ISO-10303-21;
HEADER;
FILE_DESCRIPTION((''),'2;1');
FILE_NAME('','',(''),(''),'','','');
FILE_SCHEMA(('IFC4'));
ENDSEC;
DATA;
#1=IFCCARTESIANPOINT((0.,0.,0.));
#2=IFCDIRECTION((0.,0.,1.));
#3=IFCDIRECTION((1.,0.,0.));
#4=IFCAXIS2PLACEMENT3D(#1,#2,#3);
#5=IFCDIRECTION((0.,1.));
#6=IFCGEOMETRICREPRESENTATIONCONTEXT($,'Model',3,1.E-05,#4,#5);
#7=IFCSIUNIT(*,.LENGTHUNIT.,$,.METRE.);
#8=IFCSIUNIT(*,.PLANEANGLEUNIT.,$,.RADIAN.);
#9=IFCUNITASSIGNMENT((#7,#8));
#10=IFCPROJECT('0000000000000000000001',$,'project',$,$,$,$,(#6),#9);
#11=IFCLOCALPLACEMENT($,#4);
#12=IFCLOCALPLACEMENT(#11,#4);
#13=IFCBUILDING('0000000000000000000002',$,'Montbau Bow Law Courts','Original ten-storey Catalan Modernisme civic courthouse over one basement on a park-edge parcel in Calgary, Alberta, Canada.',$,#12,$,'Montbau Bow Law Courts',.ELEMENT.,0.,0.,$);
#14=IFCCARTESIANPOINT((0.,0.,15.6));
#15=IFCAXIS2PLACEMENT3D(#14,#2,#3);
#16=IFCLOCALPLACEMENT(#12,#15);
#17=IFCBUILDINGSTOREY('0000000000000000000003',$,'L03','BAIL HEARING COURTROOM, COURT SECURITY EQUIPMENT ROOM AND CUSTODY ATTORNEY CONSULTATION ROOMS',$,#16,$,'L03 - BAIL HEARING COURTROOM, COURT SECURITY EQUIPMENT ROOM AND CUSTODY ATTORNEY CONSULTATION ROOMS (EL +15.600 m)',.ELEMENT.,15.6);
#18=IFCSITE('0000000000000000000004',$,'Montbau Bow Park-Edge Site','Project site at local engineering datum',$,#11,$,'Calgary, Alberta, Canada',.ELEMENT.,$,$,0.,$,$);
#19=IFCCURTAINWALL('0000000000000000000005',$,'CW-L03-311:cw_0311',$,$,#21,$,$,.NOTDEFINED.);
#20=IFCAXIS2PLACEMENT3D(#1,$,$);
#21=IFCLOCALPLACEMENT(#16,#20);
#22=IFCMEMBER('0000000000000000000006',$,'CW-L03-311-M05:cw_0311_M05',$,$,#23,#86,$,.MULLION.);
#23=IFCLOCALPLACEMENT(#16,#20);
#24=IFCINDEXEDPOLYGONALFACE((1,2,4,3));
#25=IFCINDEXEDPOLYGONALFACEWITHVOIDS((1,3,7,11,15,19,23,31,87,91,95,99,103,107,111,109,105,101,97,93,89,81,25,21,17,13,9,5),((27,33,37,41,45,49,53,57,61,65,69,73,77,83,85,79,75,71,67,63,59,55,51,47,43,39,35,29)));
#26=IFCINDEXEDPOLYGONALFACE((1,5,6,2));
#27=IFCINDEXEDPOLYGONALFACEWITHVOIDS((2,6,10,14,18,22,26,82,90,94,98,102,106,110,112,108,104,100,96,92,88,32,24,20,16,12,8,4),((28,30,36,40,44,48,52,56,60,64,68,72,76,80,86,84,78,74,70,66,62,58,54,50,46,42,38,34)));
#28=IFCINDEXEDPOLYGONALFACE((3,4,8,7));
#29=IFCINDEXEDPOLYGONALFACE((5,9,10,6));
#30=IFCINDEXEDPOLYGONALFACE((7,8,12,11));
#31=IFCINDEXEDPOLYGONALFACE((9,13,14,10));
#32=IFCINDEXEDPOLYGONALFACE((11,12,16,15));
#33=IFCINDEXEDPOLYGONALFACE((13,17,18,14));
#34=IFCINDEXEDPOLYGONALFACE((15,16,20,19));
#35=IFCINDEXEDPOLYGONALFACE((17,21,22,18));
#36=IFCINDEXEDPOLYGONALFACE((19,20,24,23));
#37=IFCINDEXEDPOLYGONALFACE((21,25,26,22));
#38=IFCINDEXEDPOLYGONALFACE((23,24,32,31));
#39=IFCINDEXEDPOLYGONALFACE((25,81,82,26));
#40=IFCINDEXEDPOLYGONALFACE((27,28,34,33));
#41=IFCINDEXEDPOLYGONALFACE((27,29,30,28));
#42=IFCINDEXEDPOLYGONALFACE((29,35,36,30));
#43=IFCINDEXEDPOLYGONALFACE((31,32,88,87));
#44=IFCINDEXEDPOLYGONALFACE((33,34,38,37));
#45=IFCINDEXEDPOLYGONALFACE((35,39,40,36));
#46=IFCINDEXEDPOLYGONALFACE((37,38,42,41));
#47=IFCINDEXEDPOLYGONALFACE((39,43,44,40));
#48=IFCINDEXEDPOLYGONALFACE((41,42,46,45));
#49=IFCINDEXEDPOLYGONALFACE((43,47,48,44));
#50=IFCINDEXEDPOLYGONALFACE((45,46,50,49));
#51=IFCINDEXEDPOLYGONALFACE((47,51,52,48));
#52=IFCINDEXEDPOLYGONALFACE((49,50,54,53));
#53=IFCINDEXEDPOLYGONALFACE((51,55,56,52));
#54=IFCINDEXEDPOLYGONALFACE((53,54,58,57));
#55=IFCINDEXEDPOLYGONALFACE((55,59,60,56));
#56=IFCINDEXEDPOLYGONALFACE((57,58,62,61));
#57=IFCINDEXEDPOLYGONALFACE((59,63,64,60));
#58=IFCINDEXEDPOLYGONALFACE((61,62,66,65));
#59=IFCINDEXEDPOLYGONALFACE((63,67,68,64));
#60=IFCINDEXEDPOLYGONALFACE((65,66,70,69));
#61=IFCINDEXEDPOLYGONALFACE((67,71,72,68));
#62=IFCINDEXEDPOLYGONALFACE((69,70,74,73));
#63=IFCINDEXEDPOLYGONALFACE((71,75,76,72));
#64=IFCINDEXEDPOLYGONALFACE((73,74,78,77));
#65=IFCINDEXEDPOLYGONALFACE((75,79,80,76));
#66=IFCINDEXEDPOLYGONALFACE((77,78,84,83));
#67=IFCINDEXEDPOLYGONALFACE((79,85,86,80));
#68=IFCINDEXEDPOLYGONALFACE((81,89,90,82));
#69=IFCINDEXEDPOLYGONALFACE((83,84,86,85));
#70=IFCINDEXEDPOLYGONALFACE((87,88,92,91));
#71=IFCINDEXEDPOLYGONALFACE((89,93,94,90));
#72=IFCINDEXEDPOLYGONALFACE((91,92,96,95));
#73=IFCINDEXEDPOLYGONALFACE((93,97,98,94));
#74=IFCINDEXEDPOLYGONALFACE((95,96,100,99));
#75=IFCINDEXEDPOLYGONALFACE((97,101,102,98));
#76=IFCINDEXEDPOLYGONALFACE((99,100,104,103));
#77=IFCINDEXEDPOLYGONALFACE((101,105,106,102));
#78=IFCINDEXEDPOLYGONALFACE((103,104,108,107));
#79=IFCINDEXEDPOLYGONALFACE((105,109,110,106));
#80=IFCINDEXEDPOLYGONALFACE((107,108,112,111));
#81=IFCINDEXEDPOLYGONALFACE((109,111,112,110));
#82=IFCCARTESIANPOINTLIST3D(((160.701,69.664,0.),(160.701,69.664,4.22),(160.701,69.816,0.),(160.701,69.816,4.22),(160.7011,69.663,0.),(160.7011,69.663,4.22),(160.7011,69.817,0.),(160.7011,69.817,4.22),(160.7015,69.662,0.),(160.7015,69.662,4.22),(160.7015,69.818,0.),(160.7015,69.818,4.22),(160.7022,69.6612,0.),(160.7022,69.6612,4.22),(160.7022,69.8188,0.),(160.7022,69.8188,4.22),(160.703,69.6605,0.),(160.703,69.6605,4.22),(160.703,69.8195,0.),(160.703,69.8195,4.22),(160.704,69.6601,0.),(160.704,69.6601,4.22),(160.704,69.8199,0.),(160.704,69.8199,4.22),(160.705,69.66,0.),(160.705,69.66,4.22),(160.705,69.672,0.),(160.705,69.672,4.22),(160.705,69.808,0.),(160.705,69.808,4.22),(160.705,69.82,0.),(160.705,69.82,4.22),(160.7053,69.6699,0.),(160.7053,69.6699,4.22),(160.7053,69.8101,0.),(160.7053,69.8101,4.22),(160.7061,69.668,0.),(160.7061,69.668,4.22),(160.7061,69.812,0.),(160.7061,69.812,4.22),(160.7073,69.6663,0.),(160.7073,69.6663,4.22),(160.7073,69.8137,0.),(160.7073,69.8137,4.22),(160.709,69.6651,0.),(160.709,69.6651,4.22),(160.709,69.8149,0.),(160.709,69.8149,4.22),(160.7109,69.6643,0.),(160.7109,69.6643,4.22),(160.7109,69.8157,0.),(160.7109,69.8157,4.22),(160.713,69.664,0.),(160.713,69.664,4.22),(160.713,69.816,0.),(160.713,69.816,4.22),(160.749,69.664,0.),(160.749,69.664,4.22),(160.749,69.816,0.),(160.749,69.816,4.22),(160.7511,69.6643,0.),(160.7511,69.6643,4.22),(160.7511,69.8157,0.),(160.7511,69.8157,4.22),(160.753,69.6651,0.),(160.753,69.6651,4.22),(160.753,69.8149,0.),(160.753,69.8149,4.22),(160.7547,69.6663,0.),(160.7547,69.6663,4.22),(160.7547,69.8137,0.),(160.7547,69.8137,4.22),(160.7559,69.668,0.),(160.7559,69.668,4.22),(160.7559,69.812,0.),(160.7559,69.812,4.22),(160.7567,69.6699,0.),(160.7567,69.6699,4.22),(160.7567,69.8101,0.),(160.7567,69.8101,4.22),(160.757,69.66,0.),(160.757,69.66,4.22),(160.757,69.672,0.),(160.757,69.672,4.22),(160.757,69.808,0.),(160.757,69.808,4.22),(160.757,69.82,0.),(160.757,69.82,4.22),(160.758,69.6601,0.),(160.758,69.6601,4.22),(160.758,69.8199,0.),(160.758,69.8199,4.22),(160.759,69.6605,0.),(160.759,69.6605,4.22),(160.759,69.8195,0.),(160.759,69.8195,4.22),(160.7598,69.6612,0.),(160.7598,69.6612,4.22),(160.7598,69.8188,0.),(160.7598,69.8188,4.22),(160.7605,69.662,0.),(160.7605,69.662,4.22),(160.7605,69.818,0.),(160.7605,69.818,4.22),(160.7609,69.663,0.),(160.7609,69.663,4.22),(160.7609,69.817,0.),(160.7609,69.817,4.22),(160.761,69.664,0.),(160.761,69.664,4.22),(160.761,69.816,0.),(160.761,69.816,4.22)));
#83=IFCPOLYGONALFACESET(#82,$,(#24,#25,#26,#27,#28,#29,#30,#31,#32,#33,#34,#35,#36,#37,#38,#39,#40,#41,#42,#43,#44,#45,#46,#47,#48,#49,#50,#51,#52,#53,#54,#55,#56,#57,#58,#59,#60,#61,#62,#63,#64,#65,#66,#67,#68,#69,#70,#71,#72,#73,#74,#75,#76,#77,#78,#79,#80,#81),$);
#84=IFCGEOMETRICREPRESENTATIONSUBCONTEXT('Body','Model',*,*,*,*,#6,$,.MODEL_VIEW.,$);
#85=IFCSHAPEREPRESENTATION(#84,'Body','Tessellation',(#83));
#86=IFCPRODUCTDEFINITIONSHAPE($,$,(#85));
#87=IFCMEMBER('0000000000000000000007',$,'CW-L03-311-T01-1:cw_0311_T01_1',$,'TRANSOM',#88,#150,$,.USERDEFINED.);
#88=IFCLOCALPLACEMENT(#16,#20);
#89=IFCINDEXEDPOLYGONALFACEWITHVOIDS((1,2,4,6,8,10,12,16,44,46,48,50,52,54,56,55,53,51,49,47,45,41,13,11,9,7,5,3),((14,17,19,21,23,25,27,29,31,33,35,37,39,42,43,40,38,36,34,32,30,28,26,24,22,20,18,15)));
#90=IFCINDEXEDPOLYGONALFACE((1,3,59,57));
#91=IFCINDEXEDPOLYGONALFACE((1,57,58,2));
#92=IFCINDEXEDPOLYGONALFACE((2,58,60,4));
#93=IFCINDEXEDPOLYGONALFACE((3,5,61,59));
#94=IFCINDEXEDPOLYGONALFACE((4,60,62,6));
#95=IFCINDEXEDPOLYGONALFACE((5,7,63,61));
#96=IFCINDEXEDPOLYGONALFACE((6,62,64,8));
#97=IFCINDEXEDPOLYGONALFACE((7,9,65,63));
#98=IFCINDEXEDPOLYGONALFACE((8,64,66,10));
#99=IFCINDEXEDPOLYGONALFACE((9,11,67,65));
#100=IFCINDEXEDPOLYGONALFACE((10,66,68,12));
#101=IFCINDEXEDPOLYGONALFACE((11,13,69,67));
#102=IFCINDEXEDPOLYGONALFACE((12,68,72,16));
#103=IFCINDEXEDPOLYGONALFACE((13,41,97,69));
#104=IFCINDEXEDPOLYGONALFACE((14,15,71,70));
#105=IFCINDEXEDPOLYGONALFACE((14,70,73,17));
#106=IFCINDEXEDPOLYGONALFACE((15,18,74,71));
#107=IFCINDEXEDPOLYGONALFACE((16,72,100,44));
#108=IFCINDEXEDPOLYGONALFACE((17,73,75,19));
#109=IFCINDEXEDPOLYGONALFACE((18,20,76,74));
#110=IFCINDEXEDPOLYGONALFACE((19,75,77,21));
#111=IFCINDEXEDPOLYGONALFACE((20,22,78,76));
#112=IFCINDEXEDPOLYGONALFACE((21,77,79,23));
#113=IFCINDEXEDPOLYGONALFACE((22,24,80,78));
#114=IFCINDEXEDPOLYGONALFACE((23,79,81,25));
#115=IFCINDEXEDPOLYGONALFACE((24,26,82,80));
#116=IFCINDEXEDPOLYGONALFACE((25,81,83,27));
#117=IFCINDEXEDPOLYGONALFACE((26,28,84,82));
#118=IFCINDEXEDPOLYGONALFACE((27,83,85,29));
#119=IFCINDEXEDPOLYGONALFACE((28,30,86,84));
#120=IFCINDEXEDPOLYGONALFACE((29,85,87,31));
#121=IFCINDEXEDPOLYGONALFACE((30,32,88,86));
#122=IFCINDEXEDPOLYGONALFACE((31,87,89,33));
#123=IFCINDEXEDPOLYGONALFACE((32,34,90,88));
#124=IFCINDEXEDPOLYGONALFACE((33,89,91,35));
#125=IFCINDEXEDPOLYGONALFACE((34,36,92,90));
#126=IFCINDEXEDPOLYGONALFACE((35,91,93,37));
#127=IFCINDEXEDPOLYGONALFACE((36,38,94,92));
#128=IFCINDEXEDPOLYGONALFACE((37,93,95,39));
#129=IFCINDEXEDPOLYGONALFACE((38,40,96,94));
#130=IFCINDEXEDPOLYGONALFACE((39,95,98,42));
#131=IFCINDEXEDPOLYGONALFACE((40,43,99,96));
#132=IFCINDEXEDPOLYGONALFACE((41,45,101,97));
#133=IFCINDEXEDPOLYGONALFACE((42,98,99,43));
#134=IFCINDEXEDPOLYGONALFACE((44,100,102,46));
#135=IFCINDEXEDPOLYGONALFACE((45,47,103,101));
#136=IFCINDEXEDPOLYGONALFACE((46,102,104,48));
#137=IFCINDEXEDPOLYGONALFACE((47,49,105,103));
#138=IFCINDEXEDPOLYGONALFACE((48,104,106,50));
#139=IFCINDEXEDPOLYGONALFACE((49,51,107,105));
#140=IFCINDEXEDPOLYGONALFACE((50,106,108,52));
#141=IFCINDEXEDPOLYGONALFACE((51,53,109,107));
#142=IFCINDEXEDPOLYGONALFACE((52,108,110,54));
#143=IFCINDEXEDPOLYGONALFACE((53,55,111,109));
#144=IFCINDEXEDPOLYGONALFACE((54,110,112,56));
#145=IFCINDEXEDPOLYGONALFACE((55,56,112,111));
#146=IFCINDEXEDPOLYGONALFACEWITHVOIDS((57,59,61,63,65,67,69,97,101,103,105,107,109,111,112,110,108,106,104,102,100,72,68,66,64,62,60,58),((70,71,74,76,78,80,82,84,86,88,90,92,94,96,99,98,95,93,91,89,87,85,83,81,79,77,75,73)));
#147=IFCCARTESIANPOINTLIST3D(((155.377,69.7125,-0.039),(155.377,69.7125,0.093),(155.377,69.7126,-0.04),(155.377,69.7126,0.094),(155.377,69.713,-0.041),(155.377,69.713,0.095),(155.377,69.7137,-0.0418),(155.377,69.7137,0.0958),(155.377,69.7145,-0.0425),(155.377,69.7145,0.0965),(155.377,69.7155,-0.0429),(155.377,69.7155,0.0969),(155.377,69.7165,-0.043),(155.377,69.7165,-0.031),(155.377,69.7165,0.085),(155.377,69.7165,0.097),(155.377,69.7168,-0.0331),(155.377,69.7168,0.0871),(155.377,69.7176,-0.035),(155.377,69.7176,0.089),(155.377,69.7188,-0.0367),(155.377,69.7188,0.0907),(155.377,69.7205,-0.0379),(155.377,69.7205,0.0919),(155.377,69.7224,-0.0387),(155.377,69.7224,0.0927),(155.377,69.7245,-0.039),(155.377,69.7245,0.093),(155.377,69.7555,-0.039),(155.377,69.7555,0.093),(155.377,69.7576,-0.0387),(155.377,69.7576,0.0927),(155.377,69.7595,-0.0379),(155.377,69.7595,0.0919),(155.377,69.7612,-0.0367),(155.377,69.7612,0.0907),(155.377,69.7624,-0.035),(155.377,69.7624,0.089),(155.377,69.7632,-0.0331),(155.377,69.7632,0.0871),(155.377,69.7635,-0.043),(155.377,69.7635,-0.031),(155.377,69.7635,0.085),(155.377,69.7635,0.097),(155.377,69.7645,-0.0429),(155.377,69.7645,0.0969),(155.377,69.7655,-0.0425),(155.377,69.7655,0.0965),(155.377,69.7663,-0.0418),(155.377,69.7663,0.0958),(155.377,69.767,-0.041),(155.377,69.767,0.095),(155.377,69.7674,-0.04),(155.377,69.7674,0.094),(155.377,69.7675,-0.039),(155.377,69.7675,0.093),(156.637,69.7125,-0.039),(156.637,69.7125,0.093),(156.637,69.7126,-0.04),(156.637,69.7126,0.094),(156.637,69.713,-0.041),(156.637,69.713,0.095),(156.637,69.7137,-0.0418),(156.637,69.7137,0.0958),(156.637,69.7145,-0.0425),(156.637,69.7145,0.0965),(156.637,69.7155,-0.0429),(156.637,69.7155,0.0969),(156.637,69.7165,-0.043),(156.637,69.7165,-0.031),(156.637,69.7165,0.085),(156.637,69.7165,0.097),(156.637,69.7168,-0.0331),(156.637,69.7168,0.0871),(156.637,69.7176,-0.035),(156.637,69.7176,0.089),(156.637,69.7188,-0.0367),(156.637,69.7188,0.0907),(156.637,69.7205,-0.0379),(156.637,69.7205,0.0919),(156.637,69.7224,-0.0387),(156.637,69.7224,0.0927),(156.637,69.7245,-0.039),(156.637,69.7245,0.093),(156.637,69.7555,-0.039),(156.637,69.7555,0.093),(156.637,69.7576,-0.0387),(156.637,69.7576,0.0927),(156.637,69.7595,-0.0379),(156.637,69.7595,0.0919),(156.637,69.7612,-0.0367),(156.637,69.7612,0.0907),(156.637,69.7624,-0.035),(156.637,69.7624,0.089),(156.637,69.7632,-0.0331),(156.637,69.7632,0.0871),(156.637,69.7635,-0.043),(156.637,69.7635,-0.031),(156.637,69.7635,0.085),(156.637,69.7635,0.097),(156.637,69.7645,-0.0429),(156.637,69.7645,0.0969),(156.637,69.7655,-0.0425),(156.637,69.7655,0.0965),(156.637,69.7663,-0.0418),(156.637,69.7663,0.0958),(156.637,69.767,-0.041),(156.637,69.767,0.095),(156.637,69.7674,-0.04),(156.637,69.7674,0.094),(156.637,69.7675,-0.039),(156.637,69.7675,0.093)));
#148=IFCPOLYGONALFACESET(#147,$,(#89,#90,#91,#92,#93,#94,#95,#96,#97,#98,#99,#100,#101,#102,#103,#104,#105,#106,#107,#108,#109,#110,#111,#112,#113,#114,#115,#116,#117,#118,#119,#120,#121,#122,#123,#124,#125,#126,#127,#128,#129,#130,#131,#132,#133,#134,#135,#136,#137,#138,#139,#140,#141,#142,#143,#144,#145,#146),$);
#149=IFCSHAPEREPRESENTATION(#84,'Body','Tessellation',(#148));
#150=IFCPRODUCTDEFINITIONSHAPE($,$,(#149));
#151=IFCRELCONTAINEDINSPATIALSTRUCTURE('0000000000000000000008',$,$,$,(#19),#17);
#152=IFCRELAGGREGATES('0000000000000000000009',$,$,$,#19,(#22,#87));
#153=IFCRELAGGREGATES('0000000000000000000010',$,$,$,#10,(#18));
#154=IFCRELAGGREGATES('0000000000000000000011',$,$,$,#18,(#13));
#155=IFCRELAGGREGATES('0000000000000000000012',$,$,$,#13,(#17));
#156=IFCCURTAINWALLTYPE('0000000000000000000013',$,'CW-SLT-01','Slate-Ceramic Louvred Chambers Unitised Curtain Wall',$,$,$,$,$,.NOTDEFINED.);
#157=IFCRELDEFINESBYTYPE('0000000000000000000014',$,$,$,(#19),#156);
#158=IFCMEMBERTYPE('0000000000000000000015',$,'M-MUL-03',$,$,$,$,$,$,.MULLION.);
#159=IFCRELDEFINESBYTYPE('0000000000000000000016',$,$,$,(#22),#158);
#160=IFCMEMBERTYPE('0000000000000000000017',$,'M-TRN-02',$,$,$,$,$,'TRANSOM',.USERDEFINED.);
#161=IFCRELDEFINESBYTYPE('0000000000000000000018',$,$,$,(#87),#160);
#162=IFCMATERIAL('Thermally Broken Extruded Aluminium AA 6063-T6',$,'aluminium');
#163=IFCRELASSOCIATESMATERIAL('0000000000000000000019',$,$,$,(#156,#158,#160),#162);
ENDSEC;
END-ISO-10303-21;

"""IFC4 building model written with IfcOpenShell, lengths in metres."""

from ifc_helpers import new_model, si_unit, direction, frame, origin_with_axes, origin_2d_with_axis, place, context, subcontext, project, spatial, hollow_rectangle, extrude, material, material_profile, profile_set, type_object, element, aggregate, save


model = new_model("IFC4")

# Units and contexts
model_context = context("Model", 3, precision=1e-05, world=origin_with_axes(), true_north=direction((0.0, 1.0)))
body_context = subcontext(model_context, "Body", "Model", "MODEL_VIEW")
ifc_project = project(units=[si_unit("LENGTHUNIT", "METRE"), si_unit("PLANEANGLEUNIT", "RADIAN")], contexts=[model_context])

# Site, building, storey
site_placement = place(None, origin_with_axes())
site = spatial("IfcSite", under=ifc_project, at=site_placement, Name="Montbau Bow Park-Edge Site", Description="Project site at local engineering datum", LongName="Calgary, Alberta, Canada", CompositionType="ELEMENT", RefElevation=0.0)
building_placement = place(site_placement, origin_with_axes())
building = spatial("IfcBuilding", under=site, at=building_placement, Name="Montbau Bow Law Courts", Description="Original ten-storey Catalan Modernisme civic courthouse over one basement on a park-edge parcel in Calgary, Alberta, Canada.", LongName="Montbau Bow Law Courts", CompositionType="ELEMENT", ElevationOfRefHeight=0.0, ElevationOfTerrain=0.0)
storey_placement = place(building_placement, frame((0.0, 0.0, 15.6), z_axis=(0.0, 0.0, 1.0), x_axis=(1.0, 0.0, 0.0)))
storey = spatial("IfcBuildingStorey", under=building, at=storey_placement, Name="L03", Description="BAIL HEARING COURTROOM, COURT SECURITY EQUIPMENT ROOM AND CUSTODY ATTORNEY CONSULTATION ROOMS", LongName="L03 - BAIL HEARING COURTROOM, COURT SECURITY EQUIPMENT ROOM AND CUSTODY ATTORNEY CONSULTATION ROOMS (EL +15.600 m)", CompositionType="ELEMENT", Elevation=15.6)

# Curtain wall, members
ifc_material_1 = material(Name="Thermally Broken Extruded Aluminium AA 6063-T6", Category="aluminium")
curtain_wall_type = type_object("IfcCurtainWallType", Name="CW-SLT-01", Description="Slate-Ceramic Louvred Chambers Unitised Curtain Wall", PredefinedType="NOTDEFINED", material=ifc_material_1)
curtain_wall_placement = place(None, frame((155.315, 69.74, 15.6), z_axis=(0.0, 0.0, 1.0), x_axis=(1.0, 0.0, 0.0)))
curtain_wall = element("IfcCurtainWall", 1, at=curtain_wall_placement, inside=storey, type_object=curtain_wall_type, Name="CW-L03-311:cw_0311", PredefinedType="NOTDEFINED")
ifc_material_profile_1 = material_profile(ifc_material_1, hollow_rectangle(XDim=0.06, YDim=0.16, WallThickness=0.004, InnerFilletRadius=0.008, OuterFilletRadius=0.004, at=origin_2d_with_axis()), Name="CWM-160X60", Category="Main", Priority=0)
ifc_profile_set_1 = profile_set([ifc_material_profile_1], Name="Thermally Broken Extruded Aluminium AA 6063-T6")
member_type_1 = type_object("IfcMemberType", Name="M-MUL-03", PredefinedType="MULLION", material=ifc_profile_set_1)
member_1_placement = place(None, frame((160.731, 69.74, 15.6), z_axis=(0.0, 0.0, 1.0), x_axis=(1.0, 0.0, 0.0)))
member_1 = element("IfcMember", 2, at=member_1_placement, type_object=member_type_1, Name="CW-L03-311-M05:cw_0311_M05", PredefinedType="MULLION", context=body_context, shape_type="SweptSolid", body=[
    extrude(hollow_rectangle(XDim=0.06, YDim=0.16, WallThickness=0.004, InnerFilletRadius=0.008, OuterFilletRadius=0.004, at=origin_2d_with_axis()), origin_with_axes(), (0.0, 0.0, 1.0), 4.22),
])
ifc_material_profile_2 = material_profile(ifc_material_1, hollow_rectangle(XDim=0.055, YDim=0.14, WallThickness=0.004, InnerFilletRadius=0.008, OuterFilletRadius=0.004, at=origin_2d_with_axis()), Name="CWT-140X55", Category="Main", Priority=0)
ifc_profile_set_2 = profile_set([ifc_material_profile_2], Name="Thermally Broken Extruded Aluminium AA 6063-T6")
member_type_2 = type_object("IfcMemberType", Name="M-TRN-02", ElementType="TRANSOM", PredefinedType="USERDEFINED", material=ifc_profile_set_2)
member_2_placement = place(None, frame((155.377, 69.74, 15.627), z_axis=(1.0, 0.0, 0.0), x_axis=(0.0, 1.0, 0.0)))
member_2 = element("IfcMember", 3, at=member_2_placement, type_object=member_type_2, Name="CW-L03-311-T01-1:cw_0311_T01_1", ObjectType="TRANSOM", PredefinedType="USERDEFINED", context=body_context, shape_type="SweptSolid", body=[
    extrude(hollow_rectangle(XDim=0.055, YDim=0.14, WallThickness=0.004, InnerFilletRadius=0.008, OuterFilletRadius=0.004, at=origin_2d_with_axis()), origin_with_axes(), (0.0, 0.0, 1.0), 1.26),
])
aggregate(curtain_wall, [member_1, member_2])

save(model, "model.ifc")
